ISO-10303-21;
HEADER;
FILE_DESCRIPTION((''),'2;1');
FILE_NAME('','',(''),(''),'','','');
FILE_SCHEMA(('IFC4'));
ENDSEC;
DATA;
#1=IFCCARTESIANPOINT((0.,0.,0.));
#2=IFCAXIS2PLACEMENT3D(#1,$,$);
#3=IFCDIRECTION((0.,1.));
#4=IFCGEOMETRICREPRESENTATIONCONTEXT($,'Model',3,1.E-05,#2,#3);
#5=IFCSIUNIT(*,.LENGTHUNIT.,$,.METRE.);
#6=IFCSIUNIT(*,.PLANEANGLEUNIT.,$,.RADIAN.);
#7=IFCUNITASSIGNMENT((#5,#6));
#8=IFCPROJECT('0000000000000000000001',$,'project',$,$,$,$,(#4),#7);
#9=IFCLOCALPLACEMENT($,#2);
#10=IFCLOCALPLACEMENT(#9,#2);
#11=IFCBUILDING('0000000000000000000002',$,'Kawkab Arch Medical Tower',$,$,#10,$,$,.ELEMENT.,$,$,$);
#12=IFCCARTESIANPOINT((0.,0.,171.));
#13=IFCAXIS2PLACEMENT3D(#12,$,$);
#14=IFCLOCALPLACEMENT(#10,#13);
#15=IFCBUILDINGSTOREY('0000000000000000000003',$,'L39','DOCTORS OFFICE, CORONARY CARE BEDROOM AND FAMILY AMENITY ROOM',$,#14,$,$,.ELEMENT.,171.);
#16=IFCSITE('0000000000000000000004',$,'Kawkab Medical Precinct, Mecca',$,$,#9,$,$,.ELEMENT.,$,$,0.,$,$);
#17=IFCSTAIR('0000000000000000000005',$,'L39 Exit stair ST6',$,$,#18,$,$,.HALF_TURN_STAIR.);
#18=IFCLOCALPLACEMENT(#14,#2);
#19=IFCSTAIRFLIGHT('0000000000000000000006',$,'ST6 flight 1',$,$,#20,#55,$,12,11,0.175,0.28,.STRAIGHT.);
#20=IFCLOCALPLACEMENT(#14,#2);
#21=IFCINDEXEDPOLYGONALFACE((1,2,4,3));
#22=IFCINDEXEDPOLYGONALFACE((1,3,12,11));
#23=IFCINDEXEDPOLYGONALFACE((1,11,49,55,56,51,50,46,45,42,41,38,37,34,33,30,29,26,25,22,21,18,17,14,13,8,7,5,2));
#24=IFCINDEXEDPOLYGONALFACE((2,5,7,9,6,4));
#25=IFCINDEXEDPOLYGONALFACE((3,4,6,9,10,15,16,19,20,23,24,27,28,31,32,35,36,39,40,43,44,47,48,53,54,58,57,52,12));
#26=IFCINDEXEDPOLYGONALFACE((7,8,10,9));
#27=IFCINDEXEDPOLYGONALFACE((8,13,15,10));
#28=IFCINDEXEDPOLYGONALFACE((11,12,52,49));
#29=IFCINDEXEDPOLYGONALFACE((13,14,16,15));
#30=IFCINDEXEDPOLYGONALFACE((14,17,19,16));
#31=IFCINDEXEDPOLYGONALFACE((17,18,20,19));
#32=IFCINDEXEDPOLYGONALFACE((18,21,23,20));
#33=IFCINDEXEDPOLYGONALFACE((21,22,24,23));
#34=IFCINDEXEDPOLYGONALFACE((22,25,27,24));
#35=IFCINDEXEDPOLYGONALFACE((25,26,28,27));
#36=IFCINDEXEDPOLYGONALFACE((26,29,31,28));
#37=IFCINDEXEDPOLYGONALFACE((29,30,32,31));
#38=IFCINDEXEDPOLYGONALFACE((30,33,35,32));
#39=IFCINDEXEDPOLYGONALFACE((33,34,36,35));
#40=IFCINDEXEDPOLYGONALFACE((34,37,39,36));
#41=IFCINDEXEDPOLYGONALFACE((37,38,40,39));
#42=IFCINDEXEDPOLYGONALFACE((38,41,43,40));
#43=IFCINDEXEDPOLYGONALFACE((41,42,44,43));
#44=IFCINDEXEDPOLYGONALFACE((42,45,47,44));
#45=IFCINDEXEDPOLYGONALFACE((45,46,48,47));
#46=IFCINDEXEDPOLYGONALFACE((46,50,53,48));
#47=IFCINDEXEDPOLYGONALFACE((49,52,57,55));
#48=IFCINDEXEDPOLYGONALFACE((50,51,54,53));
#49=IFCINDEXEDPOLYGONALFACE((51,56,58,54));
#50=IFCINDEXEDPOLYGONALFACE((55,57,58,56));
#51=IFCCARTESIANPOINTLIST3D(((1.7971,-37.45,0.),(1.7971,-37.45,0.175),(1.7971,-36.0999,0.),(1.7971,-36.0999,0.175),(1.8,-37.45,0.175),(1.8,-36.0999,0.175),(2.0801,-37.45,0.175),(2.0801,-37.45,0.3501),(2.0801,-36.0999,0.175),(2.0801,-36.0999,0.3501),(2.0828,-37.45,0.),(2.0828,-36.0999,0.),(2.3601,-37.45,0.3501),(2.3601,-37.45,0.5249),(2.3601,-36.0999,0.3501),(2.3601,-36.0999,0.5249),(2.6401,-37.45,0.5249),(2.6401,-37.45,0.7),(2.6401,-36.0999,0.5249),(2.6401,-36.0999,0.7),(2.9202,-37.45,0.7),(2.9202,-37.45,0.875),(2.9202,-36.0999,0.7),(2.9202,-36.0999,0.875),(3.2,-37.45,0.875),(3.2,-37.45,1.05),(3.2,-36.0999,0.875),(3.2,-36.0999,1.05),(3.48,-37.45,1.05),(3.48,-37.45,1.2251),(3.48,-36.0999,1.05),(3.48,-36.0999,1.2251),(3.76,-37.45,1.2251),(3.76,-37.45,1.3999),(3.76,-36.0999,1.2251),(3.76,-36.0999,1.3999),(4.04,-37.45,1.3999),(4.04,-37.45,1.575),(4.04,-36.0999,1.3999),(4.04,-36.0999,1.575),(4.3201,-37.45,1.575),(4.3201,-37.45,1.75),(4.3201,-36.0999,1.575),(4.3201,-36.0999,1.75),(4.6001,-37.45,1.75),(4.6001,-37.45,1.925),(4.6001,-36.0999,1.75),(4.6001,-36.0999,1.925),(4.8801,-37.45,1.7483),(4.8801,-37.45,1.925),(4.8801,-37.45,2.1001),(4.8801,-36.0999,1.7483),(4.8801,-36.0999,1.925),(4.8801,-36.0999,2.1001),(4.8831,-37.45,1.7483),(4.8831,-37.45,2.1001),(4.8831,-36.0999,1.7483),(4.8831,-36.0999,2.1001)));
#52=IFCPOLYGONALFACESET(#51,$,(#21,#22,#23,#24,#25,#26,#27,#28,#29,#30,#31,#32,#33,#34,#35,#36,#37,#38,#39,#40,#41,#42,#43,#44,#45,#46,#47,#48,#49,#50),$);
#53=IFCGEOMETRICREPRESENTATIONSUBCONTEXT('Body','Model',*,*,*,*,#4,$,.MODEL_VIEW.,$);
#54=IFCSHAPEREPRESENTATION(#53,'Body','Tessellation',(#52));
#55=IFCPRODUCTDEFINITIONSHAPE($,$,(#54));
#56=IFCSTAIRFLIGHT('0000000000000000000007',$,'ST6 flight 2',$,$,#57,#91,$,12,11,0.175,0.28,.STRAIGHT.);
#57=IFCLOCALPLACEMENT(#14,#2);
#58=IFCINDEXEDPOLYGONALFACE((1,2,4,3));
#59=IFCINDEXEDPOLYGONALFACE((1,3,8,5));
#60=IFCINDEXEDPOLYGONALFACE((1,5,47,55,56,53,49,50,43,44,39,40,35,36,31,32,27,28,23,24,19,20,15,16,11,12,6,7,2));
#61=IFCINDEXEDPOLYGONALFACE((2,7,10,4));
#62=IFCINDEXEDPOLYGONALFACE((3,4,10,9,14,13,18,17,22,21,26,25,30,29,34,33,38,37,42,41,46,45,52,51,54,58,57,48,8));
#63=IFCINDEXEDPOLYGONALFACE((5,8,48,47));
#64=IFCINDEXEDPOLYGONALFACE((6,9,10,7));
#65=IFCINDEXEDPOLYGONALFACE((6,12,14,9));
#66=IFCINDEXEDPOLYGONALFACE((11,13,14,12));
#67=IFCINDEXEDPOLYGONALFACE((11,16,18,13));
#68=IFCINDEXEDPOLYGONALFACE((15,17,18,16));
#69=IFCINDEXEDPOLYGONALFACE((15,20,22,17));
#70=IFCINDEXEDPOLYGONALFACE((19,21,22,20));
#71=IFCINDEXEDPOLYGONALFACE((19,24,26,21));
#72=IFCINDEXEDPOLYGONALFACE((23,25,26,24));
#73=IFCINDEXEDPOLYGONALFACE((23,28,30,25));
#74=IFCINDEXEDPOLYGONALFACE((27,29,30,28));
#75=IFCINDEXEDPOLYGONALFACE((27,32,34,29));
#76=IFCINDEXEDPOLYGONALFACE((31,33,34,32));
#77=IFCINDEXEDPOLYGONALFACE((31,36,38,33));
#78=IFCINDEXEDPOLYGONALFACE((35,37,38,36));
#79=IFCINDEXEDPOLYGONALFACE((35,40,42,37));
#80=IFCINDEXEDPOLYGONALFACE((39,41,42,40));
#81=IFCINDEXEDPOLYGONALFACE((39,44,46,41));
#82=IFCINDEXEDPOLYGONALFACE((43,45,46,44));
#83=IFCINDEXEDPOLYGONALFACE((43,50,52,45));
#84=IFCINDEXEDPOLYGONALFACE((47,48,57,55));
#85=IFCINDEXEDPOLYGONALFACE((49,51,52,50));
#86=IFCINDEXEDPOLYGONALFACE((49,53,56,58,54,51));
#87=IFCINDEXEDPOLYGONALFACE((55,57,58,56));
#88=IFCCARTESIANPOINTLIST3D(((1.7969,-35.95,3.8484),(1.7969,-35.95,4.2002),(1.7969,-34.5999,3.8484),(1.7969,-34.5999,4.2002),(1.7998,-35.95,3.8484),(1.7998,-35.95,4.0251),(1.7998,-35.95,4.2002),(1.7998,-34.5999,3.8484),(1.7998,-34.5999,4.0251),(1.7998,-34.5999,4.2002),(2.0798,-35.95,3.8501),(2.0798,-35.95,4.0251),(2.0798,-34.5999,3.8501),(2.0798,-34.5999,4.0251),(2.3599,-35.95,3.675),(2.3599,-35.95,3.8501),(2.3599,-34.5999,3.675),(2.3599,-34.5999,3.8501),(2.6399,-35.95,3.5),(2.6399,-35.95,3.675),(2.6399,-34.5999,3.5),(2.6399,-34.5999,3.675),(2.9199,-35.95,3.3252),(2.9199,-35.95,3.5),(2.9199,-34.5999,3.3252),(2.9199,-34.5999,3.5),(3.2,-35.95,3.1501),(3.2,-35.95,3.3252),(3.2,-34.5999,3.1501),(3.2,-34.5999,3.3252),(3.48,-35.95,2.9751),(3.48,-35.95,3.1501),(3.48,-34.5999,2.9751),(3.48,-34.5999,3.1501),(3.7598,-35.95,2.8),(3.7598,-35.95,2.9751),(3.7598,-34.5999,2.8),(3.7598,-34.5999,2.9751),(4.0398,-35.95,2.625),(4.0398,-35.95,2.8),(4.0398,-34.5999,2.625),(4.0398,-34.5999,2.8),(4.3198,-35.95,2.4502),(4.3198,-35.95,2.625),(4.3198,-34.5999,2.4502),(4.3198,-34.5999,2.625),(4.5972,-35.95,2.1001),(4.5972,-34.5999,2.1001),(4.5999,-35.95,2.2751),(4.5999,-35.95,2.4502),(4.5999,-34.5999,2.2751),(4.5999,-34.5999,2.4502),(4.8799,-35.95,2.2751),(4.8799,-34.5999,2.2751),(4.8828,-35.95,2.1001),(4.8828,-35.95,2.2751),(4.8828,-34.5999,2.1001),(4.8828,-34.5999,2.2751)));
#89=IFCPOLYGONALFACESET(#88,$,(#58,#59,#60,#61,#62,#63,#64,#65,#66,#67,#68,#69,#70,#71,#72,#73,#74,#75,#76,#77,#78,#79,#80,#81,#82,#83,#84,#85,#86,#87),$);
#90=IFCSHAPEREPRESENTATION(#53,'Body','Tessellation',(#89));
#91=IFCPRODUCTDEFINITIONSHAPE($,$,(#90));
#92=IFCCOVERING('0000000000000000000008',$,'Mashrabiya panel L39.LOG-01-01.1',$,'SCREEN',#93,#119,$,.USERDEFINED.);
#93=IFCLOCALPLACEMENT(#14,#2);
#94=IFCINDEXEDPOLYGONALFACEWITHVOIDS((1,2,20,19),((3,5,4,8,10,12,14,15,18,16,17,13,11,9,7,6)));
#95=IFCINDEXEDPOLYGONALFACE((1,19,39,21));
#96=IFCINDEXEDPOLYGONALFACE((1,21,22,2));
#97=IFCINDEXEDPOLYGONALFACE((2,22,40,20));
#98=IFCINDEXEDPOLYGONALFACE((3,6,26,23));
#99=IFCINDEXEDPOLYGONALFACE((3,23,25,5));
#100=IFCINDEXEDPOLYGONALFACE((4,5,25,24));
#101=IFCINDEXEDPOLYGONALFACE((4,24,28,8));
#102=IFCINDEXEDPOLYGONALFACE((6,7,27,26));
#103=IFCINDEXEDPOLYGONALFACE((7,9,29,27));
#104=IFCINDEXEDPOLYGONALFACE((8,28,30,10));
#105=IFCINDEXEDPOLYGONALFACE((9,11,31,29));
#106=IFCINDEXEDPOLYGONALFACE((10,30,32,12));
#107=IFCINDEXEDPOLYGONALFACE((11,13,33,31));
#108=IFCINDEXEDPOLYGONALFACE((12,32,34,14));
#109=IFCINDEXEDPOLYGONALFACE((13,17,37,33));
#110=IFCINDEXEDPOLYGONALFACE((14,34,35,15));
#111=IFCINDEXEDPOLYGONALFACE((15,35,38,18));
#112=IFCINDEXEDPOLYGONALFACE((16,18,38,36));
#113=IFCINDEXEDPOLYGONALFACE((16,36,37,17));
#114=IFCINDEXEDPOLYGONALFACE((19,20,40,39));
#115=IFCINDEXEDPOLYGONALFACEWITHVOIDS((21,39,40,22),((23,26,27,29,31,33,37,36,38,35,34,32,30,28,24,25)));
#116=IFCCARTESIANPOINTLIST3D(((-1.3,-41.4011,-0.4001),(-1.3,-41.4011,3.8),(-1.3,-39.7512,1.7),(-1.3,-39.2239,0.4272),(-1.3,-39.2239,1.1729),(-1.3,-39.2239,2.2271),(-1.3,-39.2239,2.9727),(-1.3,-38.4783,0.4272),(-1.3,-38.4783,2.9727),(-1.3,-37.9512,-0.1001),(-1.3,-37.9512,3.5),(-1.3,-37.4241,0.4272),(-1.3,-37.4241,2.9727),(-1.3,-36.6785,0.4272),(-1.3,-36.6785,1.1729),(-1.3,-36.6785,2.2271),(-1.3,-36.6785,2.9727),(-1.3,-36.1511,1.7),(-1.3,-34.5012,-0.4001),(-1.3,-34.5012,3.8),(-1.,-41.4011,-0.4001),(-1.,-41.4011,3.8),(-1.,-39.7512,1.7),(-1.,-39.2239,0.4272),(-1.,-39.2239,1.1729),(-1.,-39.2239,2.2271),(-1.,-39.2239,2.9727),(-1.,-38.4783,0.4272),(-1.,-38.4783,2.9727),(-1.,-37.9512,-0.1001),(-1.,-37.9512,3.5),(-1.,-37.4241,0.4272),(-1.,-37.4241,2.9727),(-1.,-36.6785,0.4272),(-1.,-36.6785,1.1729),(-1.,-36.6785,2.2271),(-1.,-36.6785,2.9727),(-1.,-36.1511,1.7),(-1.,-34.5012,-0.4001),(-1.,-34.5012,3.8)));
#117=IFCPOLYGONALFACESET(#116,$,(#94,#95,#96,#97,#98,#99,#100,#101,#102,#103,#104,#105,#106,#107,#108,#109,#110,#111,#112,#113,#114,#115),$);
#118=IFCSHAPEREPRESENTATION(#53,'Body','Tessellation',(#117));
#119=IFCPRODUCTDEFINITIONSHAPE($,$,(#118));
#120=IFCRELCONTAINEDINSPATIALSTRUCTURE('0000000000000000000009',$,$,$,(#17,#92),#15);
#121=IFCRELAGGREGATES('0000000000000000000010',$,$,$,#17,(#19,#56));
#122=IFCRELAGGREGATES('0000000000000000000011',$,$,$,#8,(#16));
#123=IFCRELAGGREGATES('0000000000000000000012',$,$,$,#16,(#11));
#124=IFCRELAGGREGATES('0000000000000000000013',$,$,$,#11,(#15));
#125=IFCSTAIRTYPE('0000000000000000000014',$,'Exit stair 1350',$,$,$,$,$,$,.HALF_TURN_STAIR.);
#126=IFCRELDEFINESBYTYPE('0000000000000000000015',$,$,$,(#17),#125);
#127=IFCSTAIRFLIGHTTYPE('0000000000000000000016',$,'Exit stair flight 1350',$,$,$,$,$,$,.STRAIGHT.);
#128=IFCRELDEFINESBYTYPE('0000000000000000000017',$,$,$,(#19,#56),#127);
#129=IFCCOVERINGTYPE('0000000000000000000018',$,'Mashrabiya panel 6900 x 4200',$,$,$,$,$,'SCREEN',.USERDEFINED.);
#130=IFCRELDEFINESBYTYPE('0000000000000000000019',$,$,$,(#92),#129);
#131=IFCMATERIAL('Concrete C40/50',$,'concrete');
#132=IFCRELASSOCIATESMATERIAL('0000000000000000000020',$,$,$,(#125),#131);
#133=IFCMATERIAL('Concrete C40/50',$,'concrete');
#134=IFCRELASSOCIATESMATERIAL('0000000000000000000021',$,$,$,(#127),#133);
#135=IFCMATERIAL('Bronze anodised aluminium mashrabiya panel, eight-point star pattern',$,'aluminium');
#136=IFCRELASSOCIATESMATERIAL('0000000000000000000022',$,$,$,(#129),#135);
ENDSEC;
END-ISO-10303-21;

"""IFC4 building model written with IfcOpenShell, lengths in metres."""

from ifc_helpers import new_model, si_unit, direction, frame, origin, place, context, subcontext, project, spatial, polyline, outline, extrude, material, material_profile, profile_set, type_object, element, aggregate, save


model = new_model("IFC4")

# Units and contexts
model_context = context("Model", 3, precision=1e-05, world=origin(), true_north=direction((0.0, 1.0)))
body_context = subcontext(model_context, "Body", "Model", "MODEL_VIEW")
ifc_project = project(units=[si_unit("LENGTHUNIT", "METRE"), si_unit("PLANEANGLEUNIT", "RADIAN")], contexts=[model_context])

# Site, building, storey
site_placement = place(None, origin())
site = spatial("IfcSite", under=ifc_project, at=site_placement, Name="Kawkab Medical Precinct, Mecca", CompositionType="ELEMENT", RefElevation=0.0)
building_placement = place(site_placement, origin())
building = spatial("IfcBuilding", under=site, at=building_placement, Name="Kawkab Arch Medical Tower", CompositionType="ELEMENT")
storey_placement = place(building_placement, frame((0.0, 0.0, 171.0)))
storey = spatial("IfcBuildingStorey", under=building, at=storey_placement, Name="L39", Description="DOCTORS OFFICE, CORONARY CARE BEDROOM AND FAMILY AMENITY ROOM", CompositionType="ELEMENT", Elevation=171.0)

# Shared definitions
placement = place(storey_placement, origin())

# Stair, stair flights
ifc_material_1 = material(Name="Concrete C40/50", Category="concrete")
stair_type = type_object("IfcStairType", Name="Exit stair 1350", PredefinedType="HALF_TURN_STAIR", material=ifc_material_1)
stair = element("IfcStair", 1, at=placement, inside=storey, type_object=stair_type, Name="L39 Exit stair ST6", PredefinedType="HALF_TURN_STAIR")
ifc_material_2 = material(Name="Concrete C40/50", Category="concrete")
stair_flight_type = type_object("IfcStairFlightType", Name="Exit stair flight 1350", PredefinedType="STRAIGHT", material=ifc_material_2)
stair_flight_1_placement = place(storey_placement, frame((1.8, -36.7749, 0.0), z_axis=(0.0, 0.0, 1.0), x_axis=(1.0, 0.0, 0.0)))
stair_flight_1 = element("IfcStairFlight", 2, at=stair_flight_1_placement, type_object=stair_flight_type, Name="ST6 flight 1", NumberOfRisers=12, NumberOfTreads=11, PredefinedType="STRAIGHT", RiserHeight=0.175, TreadLength=0.28, context=body_context, shape_type="SweptSolid", body=[
    extrude(outline(polyline([(-0.0029, 0.0), (-0.0029, 0.175), (0.0, 0.175), (0.28, 0.175), (0.28, 0.3501), (0.5601, 0.3501), (0.5601, 0.5249), (0.8401, 0.5249), (0.8401, 0.7), (1.1201, 0.7), (1.1201, 0.875), (1.3999, 0.875), (1.3999, 1.05), (1.6799, 1.05), (1.6799, 1.2251), (1.96, 1.2251), (1.96, 1.3999), (2.24, 1.3999), (2.24, 1.575), (2.52, 1.575), (2.52, 1.75), (2.8, 1.75), (2.8, 1.925), (3.0801, 1.925), (3.0801, 2.1001), (3.083, 2.1001), (3.083, 1.7483), (3.0801, 1.7483), (0.2827, 0.0), (-0.0029, 0.0)])), frame((0.0, 0.675, 0.0), z_axis=(0.0, -1.0, 0.0), x_axis=(1.0, 0.0, 0.0)), (0.0, 0.0, 1.0), 1.3501),
])
stair_flight_2_placement = place(storey_placement, frame((4.8799, -35.2749, 2.1001), z_axis=(0.0, 0.0, 1.0), x_axis=(-1.0, 0.0, 0.0)))
stair_flight_2 = element("IfcStairFlight", 3, at=stair_flight_2_placement, type_object=stair_flight_type, Name="ST6 flight 2", NumberOfRisers=12, NumberOfTreads=11, PredefinedType="STRAIGHT", RiserHeight=0.175, TreadLength=0.28, context=body_context, shape_type="SweptSolid", body=[
    extrude(outline(polyline([(-0.0029, 0.0), (-0.0029, 0.175), (0.0, 0.175), (0.28, 0.175), (0.28, 0.3501), (0.5601, 0.3501), (0.5601, 0.5249), (0.8401, 0.5249), (0.8401, 0.7), (1.1201, 0.7), (1.1201, 0.875), (1.3999, 0.875), (1.3999, 1.05), (1.6799, 1.05), (1.6799, 1.2251), (1.96, 1.2251), (1.96, 1.3999), (2.24, 1.3999), (2.24, 1.575), (2.52, 1.575), (2.52, 1.75), (2.8, 1.75), (2.8, 1.925), (3.0801, 1.925), (3.0801, 2.1001), (3.083, 2.1001), (3.083, 1.7483), (3.0801, 1.7483), (0.2827, 0.0), (-0.0029, 0.0)])), frame((0.0, 0.675, 0.0), z_axis=(0.0, -1.0, 0.0), x_axis=(1.0, 0.0, 0.0)), (0.0, 0.0, 1.0), 1.3501),
])
aggregate(stair, [stair_flight_1, stair_flight_2])

# Covering
ifc_material_3 = material(Name="Bronze anodised aluminium mashrabiya panel, eight-point star pattern", Category="aluminium")
ifc_material_profile_1 = material_profile(ifc_material_3, outline(polyline([(-3.45, -2.1001), (3.45, -2.1001), (3.45, 2.1001), (-3.45, 2.1001), (-3.45, -2.1001)]), holes=[polyline([(1.8, 0.0), (1.2727, 0.5271), (1.2727, 1.2727), (0.5271, 1.2727), (0.0, 1.8), (-0.5271, 1.2727), (-1.2727, 1.2727), (-1.2727, 0.5271), (-1.8, 0.0), (-1.2727, -0.5271), (-1.2727, -1.2727), (-0.5271, -1.2727), (0.0, -1.8), (0.5271, -1.2727), (1.2727, -1.2727), (1.2727, -0.5271), (1.8, 0.0)])]), Name="Mashrabiya panel 6900x4200")
ifc_profile_set_1 = profile_set([ifc_material_profile_1], Name="Bronze anodised aluminium mashrabiya panel, eight-point star pattern")
covering_type = type_object("IfcCoveringType", Name="Mashrabiya panel 6900 x 4200", ElementType="SCREEN", PredefinedType="USERDEFINED", material=ifc_profile_set_1)
covering_placement = place(storey_placement, frame((-1.0, -37.9512, 1.7), z_axis=(-1.0, 0.0, 0.0), x_axis=(0.0, -1.0, 0.0)))
element("IfcCovering", 4, at=covering_placement, inside=storey, type_object=covering_type, Name="Mashrabiya panel L39.LOG-01-01.1", ObjectType="SCREEN", PredefinedType="USERDEFINED", context=body_context, shape_type="SweptSolid", body=[
    extrude(outline(polyline([(-3.45, -2.1001), (3.45, -2.1001), (3.45, 2.1001), (-3.45, 2.1001), (-3.45, -2.1001)]), holes=[polyline([(1.8, 0.0), (1.2727, 0.5271), (1.2727, 1.2727), (0.5271, 1.2727), (0.0, 1.8), (-0.5271, 1.2727), (-1.2727, 1.2727), (-1.2727, 0.5271), (-1.8, 0.0), (-1.2727, -0.5271), (-1.2727, -1.2727), (-0.5271, -1.2727), (0.0, -1.8), (0.5271, -1.2727), (1.2727, -1.2727), (1.2727, -0.5271), (1.8, 0.0)])]), origin(), (0.0, 0.0, 1.0), 0.3),
])

save(model, "model.ifc")
